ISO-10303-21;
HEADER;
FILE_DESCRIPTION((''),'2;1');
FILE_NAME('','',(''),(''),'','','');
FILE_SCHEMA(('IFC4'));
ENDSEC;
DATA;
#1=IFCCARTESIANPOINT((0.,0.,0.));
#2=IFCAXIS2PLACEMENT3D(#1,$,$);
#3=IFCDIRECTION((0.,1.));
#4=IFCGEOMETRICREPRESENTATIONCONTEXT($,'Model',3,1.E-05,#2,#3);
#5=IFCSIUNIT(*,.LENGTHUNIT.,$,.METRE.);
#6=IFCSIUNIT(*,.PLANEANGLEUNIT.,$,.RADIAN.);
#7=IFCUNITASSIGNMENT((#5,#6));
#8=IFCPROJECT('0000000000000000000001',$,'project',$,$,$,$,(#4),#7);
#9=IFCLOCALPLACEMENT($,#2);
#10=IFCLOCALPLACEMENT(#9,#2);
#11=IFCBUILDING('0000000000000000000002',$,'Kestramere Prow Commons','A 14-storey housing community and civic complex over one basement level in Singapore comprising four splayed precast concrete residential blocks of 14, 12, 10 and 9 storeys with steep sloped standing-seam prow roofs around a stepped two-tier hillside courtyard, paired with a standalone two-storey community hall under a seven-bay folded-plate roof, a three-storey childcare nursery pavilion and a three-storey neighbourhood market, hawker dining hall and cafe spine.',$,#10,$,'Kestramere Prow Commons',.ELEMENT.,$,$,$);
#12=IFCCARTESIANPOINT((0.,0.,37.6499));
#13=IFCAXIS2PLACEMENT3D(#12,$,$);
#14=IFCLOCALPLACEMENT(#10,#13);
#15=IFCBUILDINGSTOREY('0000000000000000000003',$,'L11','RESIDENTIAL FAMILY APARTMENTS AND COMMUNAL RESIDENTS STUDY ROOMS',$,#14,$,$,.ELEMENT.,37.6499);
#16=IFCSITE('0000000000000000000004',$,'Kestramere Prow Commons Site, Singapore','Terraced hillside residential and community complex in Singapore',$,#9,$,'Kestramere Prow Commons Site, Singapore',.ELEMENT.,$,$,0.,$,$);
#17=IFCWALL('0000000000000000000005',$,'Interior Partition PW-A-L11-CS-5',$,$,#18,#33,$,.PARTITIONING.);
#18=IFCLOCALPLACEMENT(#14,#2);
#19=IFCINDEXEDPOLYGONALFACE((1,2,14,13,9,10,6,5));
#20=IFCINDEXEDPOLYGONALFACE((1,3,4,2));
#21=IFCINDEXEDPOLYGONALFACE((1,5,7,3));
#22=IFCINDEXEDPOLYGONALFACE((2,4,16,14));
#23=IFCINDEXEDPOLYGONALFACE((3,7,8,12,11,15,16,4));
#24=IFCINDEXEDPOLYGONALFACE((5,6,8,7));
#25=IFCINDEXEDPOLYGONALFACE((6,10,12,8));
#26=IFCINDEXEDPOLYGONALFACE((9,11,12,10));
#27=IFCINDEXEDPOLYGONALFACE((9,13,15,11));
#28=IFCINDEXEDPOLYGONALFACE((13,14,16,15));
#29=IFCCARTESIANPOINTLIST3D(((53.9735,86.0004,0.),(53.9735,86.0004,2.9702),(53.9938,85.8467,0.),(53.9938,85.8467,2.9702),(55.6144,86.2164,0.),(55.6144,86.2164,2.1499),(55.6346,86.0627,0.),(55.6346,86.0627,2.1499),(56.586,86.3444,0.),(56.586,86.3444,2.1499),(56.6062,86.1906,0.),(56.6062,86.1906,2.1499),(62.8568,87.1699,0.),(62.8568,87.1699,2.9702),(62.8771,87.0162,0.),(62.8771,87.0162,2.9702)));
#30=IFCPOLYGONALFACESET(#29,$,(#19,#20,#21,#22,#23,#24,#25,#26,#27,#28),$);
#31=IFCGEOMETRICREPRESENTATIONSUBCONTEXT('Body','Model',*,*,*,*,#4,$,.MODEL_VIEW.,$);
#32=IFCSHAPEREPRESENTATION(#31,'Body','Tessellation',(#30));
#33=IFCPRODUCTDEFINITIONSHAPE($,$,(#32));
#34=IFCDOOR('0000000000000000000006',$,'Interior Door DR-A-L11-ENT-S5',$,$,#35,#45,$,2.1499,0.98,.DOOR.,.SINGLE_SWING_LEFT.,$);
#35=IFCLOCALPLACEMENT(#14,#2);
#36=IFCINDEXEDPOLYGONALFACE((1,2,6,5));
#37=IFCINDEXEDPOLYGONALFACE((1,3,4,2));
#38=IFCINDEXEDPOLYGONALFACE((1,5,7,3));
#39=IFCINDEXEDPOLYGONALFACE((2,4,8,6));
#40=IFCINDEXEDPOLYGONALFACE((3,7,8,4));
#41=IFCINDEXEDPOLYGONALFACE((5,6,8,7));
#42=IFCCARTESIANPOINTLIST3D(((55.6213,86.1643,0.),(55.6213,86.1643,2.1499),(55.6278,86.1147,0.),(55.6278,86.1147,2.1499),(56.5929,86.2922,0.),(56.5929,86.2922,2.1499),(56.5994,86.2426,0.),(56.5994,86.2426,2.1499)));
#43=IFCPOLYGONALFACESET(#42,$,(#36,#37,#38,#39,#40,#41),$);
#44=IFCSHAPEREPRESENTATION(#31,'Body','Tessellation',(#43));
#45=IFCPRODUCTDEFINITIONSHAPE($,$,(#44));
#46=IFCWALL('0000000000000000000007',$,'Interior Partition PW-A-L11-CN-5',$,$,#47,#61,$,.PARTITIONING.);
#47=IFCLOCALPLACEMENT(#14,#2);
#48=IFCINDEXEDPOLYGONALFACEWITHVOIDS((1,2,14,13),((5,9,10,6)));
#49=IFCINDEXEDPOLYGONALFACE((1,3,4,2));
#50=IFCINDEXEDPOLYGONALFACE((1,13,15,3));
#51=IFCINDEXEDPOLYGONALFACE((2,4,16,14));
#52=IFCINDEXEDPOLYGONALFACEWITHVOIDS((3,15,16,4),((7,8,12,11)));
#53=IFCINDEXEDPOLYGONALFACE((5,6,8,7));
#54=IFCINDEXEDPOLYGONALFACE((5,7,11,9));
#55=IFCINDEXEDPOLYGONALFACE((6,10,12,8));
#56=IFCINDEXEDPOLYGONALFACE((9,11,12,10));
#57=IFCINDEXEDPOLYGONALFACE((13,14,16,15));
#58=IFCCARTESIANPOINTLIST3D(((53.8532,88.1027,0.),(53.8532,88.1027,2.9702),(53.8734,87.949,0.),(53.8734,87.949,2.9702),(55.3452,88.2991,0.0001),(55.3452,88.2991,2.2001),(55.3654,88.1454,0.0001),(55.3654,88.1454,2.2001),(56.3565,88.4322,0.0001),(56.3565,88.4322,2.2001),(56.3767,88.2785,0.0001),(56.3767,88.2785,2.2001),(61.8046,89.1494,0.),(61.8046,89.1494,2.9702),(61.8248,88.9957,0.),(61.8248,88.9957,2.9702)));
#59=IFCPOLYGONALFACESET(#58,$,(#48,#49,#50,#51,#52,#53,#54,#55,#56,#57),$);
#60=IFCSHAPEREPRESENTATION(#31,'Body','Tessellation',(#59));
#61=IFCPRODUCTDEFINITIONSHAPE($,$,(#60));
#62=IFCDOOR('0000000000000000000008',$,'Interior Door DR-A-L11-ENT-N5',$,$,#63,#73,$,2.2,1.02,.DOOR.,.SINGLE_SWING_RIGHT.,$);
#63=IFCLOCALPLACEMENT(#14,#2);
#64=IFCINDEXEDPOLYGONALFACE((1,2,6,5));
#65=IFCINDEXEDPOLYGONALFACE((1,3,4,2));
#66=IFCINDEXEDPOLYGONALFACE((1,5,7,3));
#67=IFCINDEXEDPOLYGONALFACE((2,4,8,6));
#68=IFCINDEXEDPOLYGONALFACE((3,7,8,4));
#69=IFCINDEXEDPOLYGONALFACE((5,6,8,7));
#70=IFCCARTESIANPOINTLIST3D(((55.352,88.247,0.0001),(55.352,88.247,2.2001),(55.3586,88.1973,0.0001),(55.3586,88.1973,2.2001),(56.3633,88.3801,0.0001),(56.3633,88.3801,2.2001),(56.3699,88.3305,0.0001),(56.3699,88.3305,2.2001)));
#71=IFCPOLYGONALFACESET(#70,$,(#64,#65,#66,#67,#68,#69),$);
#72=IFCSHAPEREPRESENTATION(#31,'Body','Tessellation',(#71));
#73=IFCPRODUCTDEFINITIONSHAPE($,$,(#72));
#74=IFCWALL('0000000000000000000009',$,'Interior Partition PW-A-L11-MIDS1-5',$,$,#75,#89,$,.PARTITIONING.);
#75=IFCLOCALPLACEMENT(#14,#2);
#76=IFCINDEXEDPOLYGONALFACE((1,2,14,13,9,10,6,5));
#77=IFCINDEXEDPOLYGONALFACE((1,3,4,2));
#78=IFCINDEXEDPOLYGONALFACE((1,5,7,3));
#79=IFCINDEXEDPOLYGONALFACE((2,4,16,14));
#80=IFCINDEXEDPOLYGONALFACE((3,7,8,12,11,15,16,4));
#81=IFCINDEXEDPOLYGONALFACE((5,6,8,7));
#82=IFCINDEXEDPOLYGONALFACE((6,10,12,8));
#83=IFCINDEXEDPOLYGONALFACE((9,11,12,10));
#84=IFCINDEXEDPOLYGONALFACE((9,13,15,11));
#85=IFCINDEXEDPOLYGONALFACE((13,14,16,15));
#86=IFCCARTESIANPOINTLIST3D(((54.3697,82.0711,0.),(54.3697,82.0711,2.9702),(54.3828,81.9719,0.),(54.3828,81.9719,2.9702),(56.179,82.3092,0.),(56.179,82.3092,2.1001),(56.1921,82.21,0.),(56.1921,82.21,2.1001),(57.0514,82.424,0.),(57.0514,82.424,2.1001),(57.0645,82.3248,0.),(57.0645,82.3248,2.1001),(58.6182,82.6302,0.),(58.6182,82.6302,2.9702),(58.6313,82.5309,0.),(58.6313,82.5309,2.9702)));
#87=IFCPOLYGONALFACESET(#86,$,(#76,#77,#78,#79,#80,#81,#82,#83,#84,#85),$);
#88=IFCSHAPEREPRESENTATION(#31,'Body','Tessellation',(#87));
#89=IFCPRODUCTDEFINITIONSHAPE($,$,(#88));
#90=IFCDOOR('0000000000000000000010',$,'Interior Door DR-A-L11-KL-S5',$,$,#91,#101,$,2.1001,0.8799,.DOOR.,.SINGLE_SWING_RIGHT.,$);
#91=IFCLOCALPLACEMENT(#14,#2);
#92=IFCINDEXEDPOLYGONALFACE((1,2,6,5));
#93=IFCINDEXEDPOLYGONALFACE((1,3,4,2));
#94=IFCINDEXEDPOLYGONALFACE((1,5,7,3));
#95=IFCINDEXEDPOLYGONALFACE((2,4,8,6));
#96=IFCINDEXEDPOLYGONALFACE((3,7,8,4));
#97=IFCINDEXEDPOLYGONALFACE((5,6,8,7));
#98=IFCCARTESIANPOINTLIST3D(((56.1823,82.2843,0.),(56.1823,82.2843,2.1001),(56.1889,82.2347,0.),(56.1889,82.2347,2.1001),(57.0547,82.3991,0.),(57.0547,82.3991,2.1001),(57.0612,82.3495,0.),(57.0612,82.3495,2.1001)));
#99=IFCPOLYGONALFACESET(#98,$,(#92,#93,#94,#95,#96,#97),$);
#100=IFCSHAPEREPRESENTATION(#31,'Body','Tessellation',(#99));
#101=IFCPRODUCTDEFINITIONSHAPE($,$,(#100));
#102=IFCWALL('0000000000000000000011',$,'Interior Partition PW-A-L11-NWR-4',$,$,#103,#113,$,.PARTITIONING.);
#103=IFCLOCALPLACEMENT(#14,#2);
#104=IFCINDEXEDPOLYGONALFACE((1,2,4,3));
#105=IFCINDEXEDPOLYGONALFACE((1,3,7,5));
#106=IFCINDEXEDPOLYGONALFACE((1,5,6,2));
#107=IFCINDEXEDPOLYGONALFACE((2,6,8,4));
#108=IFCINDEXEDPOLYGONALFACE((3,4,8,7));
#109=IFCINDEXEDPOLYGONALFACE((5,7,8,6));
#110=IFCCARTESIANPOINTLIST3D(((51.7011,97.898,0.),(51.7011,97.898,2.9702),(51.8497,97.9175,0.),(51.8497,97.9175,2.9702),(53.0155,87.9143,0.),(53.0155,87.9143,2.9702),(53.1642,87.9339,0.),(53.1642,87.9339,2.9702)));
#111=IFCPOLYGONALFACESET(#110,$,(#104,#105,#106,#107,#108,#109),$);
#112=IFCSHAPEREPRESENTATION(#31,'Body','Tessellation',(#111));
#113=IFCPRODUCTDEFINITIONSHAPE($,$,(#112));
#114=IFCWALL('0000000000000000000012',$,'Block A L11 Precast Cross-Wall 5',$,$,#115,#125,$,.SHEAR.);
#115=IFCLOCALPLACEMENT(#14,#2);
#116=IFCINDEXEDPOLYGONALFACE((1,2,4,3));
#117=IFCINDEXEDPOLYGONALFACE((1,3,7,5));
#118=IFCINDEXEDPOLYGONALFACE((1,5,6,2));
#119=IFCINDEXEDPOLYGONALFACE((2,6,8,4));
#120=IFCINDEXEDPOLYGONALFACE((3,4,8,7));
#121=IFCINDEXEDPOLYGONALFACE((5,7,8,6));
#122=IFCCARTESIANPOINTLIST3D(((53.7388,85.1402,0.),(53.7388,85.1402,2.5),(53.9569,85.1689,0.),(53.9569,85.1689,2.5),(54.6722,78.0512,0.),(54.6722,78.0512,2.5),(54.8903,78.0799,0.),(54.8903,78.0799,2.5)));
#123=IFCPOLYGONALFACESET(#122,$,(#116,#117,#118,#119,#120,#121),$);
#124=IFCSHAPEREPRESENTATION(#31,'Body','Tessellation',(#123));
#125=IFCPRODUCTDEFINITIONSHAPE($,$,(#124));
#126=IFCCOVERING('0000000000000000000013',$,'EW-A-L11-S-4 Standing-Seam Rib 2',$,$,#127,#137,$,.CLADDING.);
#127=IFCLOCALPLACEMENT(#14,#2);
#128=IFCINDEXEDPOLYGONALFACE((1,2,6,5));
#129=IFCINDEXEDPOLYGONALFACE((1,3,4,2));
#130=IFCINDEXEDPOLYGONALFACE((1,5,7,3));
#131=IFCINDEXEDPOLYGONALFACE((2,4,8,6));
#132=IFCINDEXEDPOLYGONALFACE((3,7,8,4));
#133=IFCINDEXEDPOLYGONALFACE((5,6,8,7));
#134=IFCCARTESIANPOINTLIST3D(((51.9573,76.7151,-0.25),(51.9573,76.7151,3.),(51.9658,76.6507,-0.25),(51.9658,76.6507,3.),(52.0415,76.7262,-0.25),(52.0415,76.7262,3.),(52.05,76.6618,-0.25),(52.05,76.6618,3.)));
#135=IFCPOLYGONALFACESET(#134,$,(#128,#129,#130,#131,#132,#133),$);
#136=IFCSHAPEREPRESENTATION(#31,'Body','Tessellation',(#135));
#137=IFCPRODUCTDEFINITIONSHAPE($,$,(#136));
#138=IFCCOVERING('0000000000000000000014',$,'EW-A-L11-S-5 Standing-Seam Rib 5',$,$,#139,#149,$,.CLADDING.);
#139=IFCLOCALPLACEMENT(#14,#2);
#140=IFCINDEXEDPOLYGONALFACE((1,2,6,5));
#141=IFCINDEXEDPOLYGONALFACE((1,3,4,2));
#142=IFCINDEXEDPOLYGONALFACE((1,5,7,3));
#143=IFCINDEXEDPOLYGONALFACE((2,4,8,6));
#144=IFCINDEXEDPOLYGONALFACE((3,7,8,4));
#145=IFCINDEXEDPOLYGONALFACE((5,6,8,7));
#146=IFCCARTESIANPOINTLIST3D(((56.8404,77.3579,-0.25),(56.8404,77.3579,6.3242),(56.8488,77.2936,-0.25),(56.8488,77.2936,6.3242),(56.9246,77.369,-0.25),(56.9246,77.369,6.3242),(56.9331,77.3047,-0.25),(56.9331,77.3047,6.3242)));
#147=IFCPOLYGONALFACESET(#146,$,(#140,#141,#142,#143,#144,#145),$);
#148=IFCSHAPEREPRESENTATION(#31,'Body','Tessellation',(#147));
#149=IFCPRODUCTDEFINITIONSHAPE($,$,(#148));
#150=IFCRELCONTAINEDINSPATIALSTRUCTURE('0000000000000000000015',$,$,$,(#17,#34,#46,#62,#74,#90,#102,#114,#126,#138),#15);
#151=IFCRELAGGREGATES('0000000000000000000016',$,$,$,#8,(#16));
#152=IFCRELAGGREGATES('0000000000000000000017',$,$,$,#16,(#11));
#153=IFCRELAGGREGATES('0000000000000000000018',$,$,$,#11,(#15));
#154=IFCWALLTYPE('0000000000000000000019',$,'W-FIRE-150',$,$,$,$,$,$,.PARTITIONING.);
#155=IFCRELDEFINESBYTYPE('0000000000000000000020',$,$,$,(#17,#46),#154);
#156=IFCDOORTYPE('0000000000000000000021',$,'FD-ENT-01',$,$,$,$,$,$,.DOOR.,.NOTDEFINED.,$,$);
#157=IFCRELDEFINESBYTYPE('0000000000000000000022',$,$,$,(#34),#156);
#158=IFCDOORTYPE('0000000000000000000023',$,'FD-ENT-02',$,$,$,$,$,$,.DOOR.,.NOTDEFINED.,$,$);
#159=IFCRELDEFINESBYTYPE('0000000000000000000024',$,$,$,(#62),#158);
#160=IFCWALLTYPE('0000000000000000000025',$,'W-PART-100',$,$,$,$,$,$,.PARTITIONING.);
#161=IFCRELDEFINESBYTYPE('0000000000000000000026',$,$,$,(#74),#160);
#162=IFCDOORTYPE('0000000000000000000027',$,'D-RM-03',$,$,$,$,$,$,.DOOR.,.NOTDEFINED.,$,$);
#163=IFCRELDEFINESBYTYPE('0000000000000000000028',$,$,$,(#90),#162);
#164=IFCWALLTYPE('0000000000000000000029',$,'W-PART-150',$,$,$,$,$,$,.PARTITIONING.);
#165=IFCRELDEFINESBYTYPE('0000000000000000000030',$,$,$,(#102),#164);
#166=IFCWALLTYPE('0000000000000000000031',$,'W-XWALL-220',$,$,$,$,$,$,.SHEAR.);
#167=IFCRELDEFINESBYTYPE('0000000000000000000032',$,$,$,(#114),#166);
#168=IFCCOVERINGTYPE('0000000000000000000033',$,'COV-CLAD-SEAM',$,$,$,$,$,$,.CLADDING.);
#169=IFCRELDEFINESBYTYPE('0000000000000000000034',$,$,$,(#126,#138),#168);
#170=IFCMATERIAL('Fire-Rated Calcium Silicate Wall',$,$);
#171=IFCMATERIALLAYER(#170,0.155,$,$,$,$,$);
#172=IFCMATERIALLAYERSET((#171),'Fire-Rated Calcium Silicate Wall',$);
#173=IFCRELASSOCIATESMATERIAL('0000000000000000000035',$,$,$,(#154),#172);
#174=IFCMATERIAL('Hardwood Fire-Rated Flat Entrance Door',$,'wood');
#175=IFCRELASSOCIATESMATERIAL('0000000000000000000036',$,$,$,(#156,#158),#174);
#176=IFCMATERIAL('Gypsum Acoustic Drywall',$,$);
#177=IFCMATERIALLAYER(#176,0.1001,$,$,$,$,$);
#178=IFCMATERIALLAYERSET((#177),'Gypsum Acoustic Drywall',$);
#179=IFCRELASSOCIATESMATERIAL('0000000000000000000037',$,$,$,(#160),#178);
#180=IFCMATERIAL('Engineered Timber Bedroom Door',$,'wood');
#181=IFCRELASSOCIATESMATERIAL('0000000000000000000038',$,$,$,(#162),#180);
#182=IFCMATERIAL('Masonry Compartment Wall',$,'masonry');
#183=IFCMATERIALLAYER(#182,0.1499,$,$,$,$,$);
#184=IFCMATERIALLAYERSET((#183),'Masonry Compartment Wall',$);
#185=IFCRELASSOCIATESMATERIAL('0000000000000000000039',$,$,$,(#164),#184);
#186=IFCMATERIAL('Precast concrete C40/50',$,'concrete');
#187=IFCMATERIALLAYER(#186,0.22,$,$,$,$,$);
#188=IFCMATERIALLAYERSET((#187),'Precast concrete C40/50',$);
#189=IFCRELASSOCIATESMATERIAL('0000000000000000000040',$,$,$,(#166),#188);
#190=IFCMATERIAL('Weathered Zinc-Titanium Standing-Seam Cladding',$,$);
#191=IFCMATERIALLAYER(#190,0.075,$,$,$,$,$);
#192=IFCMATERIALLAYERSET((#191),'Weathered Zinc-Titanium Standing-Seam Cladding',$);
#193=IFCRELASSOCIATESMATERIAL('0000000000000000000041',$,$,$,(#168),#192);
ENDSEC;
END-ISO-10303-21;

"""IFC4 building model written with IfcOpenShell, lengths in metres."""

from ifc_helpers import new_model, si_unit, direction, frame, frame_2d, origin, origin_2d, place, context, subcontext, project, spatial, rectangle, extrude, material, layer, layer_set, type_object, element, fill, save


model = new_model("IFC4")

# Units and contexts
model_context = context("Model", 3, precision=1e-05, world=origin(), true_north=direction((0.0, 1.0)))
body_context = subcontext(model_context, "Body", "Model", "MODEL_VIEW")
ifc_project = project(units=[si_unit("LENGTHUNIT", "METRE"), si_unit("PLANEANGLEUNIT", "RADIAN")], contexts=[model_context])

# Site, building, storey
site_placement = place(None, origin())
site = spatial("IfcSite", under=ifc_project, at=site_placement, Name="Kestramere Prow Commons Site, Singapore", Description="Terraced hillside residential and community complex in Singapore", LongName="Kestramere Prow Commons Site, Singapore", CompositionType="ELEMENT", RefElevation=0.0)
building_placement = place(site_placement, origin())
building = spatial("IfcBuilding", under=site, at=building_placement, Name="Kestramere Prow Commons", Description="A 14-storey housing community and civic complex over one basement level in Singapore comprising four splayed precast concrete residential blocks of 14, 12, 10 and 9 storeys with steep sloped standing-seam prow roofs around a stepped two-tier hillside courtyard, paired with a standalone two-storey community hall under a seven-bay folded-plate roof, a three-storey childcare nursery pavilion and a three-storey neighbourhood market, hawker dining hall and cafe spine.", LongName="Kestramere Prow Commons", CompositionType="ELEMENT")
storey_placement = place(building_placement, frame((0.0, 0.0, 37.6499)))
storey = spatial("IfcBuildingStorey", under=building, at=storey_placement, Name="L11", Description="RESIDENTIAL FAMILY APARTMENTS AND COMMUNAL RESIDENTS STUDY ROOMS", CompositionType="ELEMENT", Elevation=37.6499)

# Shared definitions
ifc_material_1 = material(Name="Precast concrete C40/50", Category="concrete")

# Walls, openings, doors
ifc_material_2 = material(Name="Fire-Rated Calcium Silicate Wall")
ifc_layer_1 = layer(ifc_material_2, 0.155)
ifc_layer_set_1 = layer_set([ifc_layer_1], Name="Fire-Rated Calcium Silicate Wall")
wall_type_1 = type_object("IfcWallType", Name="W-FIRE-150", PredefinedType="PARTITIONING", material=ifc_layer_set_1)
wall_1_placement = place(storey_placement, frame((53.9836, 85.9236, 0.0), z_axis=(0.0, 0.0, 1.0), x_axis=(0.991446, 0.130518, 0.0)))
wall_1 = element("IfcWall", 1, at=wall_1_placement, inside=storey, type_object=wall_type_1, Name="Interior Partition PW-A-L11-CS-5", PredefinedType="PARTITIONING", context=body_context, shape_type="SweptSolid", body=[
    extrude(rectangle(XDim=8.96, YDim=0.155, at=frame_2d((4.48, 0.0))), origin(), (0.0, 0.0, 1.0), 2.9702),
])
opening_1_placement = place(wall_1_placement, frame((1.655, 0.0, 0.0)))
opening_1 = element("IfcOpeningElement", 2, at=opening_1_placement, cuts=wall_1, PredefinedType="OPENING", context=body_context, shape_type="SweptSolid", body=[
    extrude(rectangle(XDim=0.98, YDim=2.1499, at=frame_2d((0.49, 1.075))), frame((0.0, 0.0925, 0.0), z_axis=(0.0, -1.0, 0.0), x_axis=(1.0, 0.0, 0.0)), (0.0, 0.0, 1.0), 0.1851),
])
ifc_material_3 = material(Name="Hardwood Fire-Rated Flat Entrance Door", Category="wood")
door_type_1 = type_object("IfcDoorType", Name="FD-ENT-01", OperationType="NOTDEFINED", PredefinedType="DOOR", material=ifc_material_3)
door_1_placement = place(opening_1_placement, origin())
door_1 = element("IfcDoor", 3, at=door_1_placement, inside=storey, type_object=door_type_1, Name="Interior Door DR-A-L11-ENT-S5", OperationType="SINGLE_SWING_LEFT", OverallHeight=2.1499, OverallWidth=0.98, PredefinedType="DOOR", context=body_context, shape_type="SweptSolid", body=[
    extrude(rectangle(XDim=0.98, YDim=2.1499, at=frame_2d((0.49, 1.075))), frame((0.0, 0.0249, 0.0), z_axis=(0.0, -1.0, 0.0), x_axis=(1.0, 0.0, 0.0)), (0.0, 0.0, 1.0), 0.05),
])
fill(opening_1, door_1)
wall_2_placement = place(storey_placement, frame((53.8633, 88.0259, 0.0), z_axis=(0.0, 0.0, 1.0), x_axis=(0.991448, 0.130503, 0.0)))
wall_2 = element("IfcWall", 4, at=wall_2_placement, inside=storey, type_object=wall_type_1, Name="Interior Partition PW-A-L11-CN-5", PredefinedType="PARTITIONING", context=body_context, shape_type="SweptSolid", body=[
    extrude(rectangle(XDim=8.02, YDim=0.155, at=frame_2d((4.01, 0.0))), origin(), (0.0, 0.0, 1.0), 2.9702),
])
opening_2_placement = place(wall_2_placement, frame((1.5049, 0.0, 0.0)))
opening_2 = element("IfcOpeningElement", 5, at=opening_2_placement, cuts=wall_2, PredefinedType="OPENING", context=body_context, shape_type="SweptSolid", body=[
    extrude(rectangle(XDim=1.02, YDim=2.2, at=frame_2d((0.51, 1.1001))), frame((0.0, 0.0925, 0.0), z_axis=(0.0, -1.0, 0.0), x_axis=(1.0, 0.0, 0.0)), (0.0, 0.0, 1.0), 0.1851),
])
door_type_2 = type_object("IfcDoorType", Name="FD-ENT-02", OperationType="NOTDEFINED", PredefinedType="DOOR", material=ifc_material_3)
door_2_placement = place(opening_2_placement, origin())
door_2 = element("IfcDoor", 6, at=door_2_placement, inside=storey, type_object=door_type_2, Name="Interior Door DR-A-L11-ENT-N5", OperationType="SINGLE_SWING_RIGHT", OverallHeight=2.2, OverallWidth=1.02, PredefinedType="DOOR", context=body_context, shape_type="SweptSolid", body=[
    extrude(rectangle(XDim=1.02, YDim=2.2, at=frame_2d((0.51, 1.1001))), frame((0.0, 0.0249, 0.0), z_axis=(0.0, -1.0, 0.0), x_axis=(1.0, 0.0, 0.0)), (0.0, 0.0, 1.0), 0.05),
])
fill(opening_2, door_2)
ifc_material_4 = material(Name="Gypsum Acoustic Drywall")
ifc_layer_2 = layer(ifc_material_4, 0.1001)
ifc_layer_set_2 = layer_set([ifc_layer_2], Name="Gypsum Acoustic Drywall")
wall_type_2 = type_object("IfcWallType", Name="W-PART-100", PredefinedType="PARTITIONING", material=ifc_layer_set_2)
wall_3_placement = place(storey_placement, frame((54.3762, 82.0215, 0.0), z_axis=(0.0, 0.0, 1.0), x_axis=(0.991452, 0.130469, 0.0)))
wall_3 = element("IfcWall", 7, at=wall_3_placement, inside=storey, type_object=wall_type_2, Name="Interior Partition PW-A-L11-MIDS1-5", PredefinedType="PARTITIONING", context=body_context, shape_type="SweptSolid", body=[
    extrude(rectangle(XDim=4.2852, YDim=0.1001, at=frame_2d((2.1426, 0.0))), origin(), (0.0, 0.0, 1.0), 2.9702),
])
opening_3_placement = place(wall_3_placement, frame((1.825, 0.0, 0.0)))
opening_3 = element("IfcOpeningElement", 8, at=opening_3_placement, cuts=wall_3, PredefinedType="OPENING", context=body_context, shape_type="SweptSolid", body=[
    extrude(rectangle(XDim=0.8799, YDim=2.1001, at=frame_2d((0.4399, 1.05))), frame((0.0, 0.0649, 0.0), z_axis=(0.0, -1.0, 0.0), x_axis=(1.0, 0.0, 0.0)), (0.0, 0.0, 1.0), 0.1301),
])
ifc_material_5 = material(Name="Engineered Timber Bedroom Door", Category="wood")
door_type_3 = type_object("IfcDoorType", Name="D-RM-03", OperationType="NOTDEFINED", PredefinedType="DOOR", material=ifc_material_5)
door_3_placement = place(opening_3_placement, origin())
door_3 = element("IfcDoor", 9, at=door_3_placement, inside=storey, type_object=door_type_3, Name="Interior Door DR-A-L11-KL-S5", OperationType="SINGLE_SWING_RIGHT", OverallHeight=2.1001, OverallWidth=0.8799, PredefinedType="DOOR", context=body_context, shape_type="SweptSolid", body=[
    extrude(rectangle(XDim=0.8799, YDim=2.1001, at=frame_2d((0.4399, 1.05))), frame((0.0, 0.0249, 0.0), z_axis=(0.0, -1.0, 0.0), x_axis=(1.0, 0.0, 0.0)), (0.0, 0.0, 1.0), 0.05),
])
fill(opening_3, door_3)

# Walls
ifc_material_6 = material(Name="Masonry Compartment Wall", Category="masonry")
ifc_layer_3 = layer(ifc_material_6, 0.1499)
ifc_layer_set_3 = layer_set([ifc_layer_3], Name="Masonry Compartment Wall")
wall_type_3 = type_object("IfcWallType", Name="W-PART-150", PredefinedType="PARTITIONING", material=ifc_layer_set_3)
wall_4_placement = place(storey_placement, frame((53.0898, 87.9241, 0.0), z_axis=(0.0, 0.0, 1.0), x_axis=(-0.130534, 0.991444, 0.0)))
element("IfcWall", 10, at=wall_4_placement, inside=storey, type_object=wall_type_3, Name="Interior Partition PW-A-L11-NWR-4", PredefinedType="PARTITIONING", context=body_context, shape_type="SweptSolid", body=[
    extrude(rectangle(XDim=10.0698, YDim=0.1499, at=frame_2d((5.0349, 0.0))), origin(), (0.0, 0.0, 1.0), 2.9702),
])
ifc_layer_4 = layer(ifc_material_1, 0.22)
ifc_layer_set_4 = layer_set([ifc_layer_4], Name="Precast concrete C40/50")
wall_type_4 = type_object("IfcWallType", Name="W-XWALL-220", PredefinedType="SHEAR", material=ifc_layer_set_4)
wall_5_placement = place(storey_placement, frame((54.7812, 78.0654, 0.0), z_axis=(0.0, 0.0, 1.0), x_axis=(-0.130538, 0.991443, 0.0)))
element("IfcWall", 11, at=wall_5_placement, inside=storey, type_object=wall_type_4, Name="Block A L11 Precast Cross-Wall 5", PredefinedType="SHEAR", context=body_context, shape_type="SweptSolid", body=[
    extrude(rectangle(XDim=7.1501, YDim=0.22, at=frame_2d((3.5752, 0.0))), origin(), (0.0, 0.0, 1.0), 2.5),
])

# Coverings
ifc_material_7 = material(Name="Weathered Zinc-Titanium Standing-Seam Cladding")
ifc_layer_5 = layer(ifc_material_7, 0.075)
ifc_layer_set_5 = layer_set([ifc_layer_5], Name="Weathered Zinc-Titanium Standing-Seam Cladding")
covering_type = type_object("IfcCoveringType", Name="COV-CLAD-SEAM", PredefinedType="CLADDING", material=ifc_layer_set_5)
covering_1_placement = place(storey_placement, frame((52.0037, 76.6885, -0.25), z_axis=(0.0, 0.0, 1.0), x_axis=(-0.991445, -0.130526, 0.0)))
element("IfcCovering", 12, at=covering_1_placement, inside=storey, type_object=covering_type, Name="EW-A-L11-S-4 Standing-Seam Rib 2", PredefinedType="CLADDING", context=body_context, shape_type="SweptSolid", body=[
    extrude(rectangle(XDim=0.085, YDim=0.0649, at=origin_2d()), origin(), (0.0, 0.0, 1.0), 3.25),
])
covering_2_placement = place(storey_placement, frame((56.8867, 77.3313, -0.25), z_axis=(0.0, 0.0, 1.0), x_axis=(-0.991445, -0.130526, 0.0)))
element("IfcCovering", 13, at=covering_2_placement, inside=storey, type_object=covering_type, Name="EW-A-L11-S-5 Standing-Seam Rib 5", PredefinedType="CLADDING", context=body_context, shape_type="SweptSolid", body=[
    extrude(rectangle(XDim=0.085, YDim=0.0649, at=origin_2d()), origin(), (0.0, 0.0, 1.0), 6.5742),
])

save(model, "model.ifc")
